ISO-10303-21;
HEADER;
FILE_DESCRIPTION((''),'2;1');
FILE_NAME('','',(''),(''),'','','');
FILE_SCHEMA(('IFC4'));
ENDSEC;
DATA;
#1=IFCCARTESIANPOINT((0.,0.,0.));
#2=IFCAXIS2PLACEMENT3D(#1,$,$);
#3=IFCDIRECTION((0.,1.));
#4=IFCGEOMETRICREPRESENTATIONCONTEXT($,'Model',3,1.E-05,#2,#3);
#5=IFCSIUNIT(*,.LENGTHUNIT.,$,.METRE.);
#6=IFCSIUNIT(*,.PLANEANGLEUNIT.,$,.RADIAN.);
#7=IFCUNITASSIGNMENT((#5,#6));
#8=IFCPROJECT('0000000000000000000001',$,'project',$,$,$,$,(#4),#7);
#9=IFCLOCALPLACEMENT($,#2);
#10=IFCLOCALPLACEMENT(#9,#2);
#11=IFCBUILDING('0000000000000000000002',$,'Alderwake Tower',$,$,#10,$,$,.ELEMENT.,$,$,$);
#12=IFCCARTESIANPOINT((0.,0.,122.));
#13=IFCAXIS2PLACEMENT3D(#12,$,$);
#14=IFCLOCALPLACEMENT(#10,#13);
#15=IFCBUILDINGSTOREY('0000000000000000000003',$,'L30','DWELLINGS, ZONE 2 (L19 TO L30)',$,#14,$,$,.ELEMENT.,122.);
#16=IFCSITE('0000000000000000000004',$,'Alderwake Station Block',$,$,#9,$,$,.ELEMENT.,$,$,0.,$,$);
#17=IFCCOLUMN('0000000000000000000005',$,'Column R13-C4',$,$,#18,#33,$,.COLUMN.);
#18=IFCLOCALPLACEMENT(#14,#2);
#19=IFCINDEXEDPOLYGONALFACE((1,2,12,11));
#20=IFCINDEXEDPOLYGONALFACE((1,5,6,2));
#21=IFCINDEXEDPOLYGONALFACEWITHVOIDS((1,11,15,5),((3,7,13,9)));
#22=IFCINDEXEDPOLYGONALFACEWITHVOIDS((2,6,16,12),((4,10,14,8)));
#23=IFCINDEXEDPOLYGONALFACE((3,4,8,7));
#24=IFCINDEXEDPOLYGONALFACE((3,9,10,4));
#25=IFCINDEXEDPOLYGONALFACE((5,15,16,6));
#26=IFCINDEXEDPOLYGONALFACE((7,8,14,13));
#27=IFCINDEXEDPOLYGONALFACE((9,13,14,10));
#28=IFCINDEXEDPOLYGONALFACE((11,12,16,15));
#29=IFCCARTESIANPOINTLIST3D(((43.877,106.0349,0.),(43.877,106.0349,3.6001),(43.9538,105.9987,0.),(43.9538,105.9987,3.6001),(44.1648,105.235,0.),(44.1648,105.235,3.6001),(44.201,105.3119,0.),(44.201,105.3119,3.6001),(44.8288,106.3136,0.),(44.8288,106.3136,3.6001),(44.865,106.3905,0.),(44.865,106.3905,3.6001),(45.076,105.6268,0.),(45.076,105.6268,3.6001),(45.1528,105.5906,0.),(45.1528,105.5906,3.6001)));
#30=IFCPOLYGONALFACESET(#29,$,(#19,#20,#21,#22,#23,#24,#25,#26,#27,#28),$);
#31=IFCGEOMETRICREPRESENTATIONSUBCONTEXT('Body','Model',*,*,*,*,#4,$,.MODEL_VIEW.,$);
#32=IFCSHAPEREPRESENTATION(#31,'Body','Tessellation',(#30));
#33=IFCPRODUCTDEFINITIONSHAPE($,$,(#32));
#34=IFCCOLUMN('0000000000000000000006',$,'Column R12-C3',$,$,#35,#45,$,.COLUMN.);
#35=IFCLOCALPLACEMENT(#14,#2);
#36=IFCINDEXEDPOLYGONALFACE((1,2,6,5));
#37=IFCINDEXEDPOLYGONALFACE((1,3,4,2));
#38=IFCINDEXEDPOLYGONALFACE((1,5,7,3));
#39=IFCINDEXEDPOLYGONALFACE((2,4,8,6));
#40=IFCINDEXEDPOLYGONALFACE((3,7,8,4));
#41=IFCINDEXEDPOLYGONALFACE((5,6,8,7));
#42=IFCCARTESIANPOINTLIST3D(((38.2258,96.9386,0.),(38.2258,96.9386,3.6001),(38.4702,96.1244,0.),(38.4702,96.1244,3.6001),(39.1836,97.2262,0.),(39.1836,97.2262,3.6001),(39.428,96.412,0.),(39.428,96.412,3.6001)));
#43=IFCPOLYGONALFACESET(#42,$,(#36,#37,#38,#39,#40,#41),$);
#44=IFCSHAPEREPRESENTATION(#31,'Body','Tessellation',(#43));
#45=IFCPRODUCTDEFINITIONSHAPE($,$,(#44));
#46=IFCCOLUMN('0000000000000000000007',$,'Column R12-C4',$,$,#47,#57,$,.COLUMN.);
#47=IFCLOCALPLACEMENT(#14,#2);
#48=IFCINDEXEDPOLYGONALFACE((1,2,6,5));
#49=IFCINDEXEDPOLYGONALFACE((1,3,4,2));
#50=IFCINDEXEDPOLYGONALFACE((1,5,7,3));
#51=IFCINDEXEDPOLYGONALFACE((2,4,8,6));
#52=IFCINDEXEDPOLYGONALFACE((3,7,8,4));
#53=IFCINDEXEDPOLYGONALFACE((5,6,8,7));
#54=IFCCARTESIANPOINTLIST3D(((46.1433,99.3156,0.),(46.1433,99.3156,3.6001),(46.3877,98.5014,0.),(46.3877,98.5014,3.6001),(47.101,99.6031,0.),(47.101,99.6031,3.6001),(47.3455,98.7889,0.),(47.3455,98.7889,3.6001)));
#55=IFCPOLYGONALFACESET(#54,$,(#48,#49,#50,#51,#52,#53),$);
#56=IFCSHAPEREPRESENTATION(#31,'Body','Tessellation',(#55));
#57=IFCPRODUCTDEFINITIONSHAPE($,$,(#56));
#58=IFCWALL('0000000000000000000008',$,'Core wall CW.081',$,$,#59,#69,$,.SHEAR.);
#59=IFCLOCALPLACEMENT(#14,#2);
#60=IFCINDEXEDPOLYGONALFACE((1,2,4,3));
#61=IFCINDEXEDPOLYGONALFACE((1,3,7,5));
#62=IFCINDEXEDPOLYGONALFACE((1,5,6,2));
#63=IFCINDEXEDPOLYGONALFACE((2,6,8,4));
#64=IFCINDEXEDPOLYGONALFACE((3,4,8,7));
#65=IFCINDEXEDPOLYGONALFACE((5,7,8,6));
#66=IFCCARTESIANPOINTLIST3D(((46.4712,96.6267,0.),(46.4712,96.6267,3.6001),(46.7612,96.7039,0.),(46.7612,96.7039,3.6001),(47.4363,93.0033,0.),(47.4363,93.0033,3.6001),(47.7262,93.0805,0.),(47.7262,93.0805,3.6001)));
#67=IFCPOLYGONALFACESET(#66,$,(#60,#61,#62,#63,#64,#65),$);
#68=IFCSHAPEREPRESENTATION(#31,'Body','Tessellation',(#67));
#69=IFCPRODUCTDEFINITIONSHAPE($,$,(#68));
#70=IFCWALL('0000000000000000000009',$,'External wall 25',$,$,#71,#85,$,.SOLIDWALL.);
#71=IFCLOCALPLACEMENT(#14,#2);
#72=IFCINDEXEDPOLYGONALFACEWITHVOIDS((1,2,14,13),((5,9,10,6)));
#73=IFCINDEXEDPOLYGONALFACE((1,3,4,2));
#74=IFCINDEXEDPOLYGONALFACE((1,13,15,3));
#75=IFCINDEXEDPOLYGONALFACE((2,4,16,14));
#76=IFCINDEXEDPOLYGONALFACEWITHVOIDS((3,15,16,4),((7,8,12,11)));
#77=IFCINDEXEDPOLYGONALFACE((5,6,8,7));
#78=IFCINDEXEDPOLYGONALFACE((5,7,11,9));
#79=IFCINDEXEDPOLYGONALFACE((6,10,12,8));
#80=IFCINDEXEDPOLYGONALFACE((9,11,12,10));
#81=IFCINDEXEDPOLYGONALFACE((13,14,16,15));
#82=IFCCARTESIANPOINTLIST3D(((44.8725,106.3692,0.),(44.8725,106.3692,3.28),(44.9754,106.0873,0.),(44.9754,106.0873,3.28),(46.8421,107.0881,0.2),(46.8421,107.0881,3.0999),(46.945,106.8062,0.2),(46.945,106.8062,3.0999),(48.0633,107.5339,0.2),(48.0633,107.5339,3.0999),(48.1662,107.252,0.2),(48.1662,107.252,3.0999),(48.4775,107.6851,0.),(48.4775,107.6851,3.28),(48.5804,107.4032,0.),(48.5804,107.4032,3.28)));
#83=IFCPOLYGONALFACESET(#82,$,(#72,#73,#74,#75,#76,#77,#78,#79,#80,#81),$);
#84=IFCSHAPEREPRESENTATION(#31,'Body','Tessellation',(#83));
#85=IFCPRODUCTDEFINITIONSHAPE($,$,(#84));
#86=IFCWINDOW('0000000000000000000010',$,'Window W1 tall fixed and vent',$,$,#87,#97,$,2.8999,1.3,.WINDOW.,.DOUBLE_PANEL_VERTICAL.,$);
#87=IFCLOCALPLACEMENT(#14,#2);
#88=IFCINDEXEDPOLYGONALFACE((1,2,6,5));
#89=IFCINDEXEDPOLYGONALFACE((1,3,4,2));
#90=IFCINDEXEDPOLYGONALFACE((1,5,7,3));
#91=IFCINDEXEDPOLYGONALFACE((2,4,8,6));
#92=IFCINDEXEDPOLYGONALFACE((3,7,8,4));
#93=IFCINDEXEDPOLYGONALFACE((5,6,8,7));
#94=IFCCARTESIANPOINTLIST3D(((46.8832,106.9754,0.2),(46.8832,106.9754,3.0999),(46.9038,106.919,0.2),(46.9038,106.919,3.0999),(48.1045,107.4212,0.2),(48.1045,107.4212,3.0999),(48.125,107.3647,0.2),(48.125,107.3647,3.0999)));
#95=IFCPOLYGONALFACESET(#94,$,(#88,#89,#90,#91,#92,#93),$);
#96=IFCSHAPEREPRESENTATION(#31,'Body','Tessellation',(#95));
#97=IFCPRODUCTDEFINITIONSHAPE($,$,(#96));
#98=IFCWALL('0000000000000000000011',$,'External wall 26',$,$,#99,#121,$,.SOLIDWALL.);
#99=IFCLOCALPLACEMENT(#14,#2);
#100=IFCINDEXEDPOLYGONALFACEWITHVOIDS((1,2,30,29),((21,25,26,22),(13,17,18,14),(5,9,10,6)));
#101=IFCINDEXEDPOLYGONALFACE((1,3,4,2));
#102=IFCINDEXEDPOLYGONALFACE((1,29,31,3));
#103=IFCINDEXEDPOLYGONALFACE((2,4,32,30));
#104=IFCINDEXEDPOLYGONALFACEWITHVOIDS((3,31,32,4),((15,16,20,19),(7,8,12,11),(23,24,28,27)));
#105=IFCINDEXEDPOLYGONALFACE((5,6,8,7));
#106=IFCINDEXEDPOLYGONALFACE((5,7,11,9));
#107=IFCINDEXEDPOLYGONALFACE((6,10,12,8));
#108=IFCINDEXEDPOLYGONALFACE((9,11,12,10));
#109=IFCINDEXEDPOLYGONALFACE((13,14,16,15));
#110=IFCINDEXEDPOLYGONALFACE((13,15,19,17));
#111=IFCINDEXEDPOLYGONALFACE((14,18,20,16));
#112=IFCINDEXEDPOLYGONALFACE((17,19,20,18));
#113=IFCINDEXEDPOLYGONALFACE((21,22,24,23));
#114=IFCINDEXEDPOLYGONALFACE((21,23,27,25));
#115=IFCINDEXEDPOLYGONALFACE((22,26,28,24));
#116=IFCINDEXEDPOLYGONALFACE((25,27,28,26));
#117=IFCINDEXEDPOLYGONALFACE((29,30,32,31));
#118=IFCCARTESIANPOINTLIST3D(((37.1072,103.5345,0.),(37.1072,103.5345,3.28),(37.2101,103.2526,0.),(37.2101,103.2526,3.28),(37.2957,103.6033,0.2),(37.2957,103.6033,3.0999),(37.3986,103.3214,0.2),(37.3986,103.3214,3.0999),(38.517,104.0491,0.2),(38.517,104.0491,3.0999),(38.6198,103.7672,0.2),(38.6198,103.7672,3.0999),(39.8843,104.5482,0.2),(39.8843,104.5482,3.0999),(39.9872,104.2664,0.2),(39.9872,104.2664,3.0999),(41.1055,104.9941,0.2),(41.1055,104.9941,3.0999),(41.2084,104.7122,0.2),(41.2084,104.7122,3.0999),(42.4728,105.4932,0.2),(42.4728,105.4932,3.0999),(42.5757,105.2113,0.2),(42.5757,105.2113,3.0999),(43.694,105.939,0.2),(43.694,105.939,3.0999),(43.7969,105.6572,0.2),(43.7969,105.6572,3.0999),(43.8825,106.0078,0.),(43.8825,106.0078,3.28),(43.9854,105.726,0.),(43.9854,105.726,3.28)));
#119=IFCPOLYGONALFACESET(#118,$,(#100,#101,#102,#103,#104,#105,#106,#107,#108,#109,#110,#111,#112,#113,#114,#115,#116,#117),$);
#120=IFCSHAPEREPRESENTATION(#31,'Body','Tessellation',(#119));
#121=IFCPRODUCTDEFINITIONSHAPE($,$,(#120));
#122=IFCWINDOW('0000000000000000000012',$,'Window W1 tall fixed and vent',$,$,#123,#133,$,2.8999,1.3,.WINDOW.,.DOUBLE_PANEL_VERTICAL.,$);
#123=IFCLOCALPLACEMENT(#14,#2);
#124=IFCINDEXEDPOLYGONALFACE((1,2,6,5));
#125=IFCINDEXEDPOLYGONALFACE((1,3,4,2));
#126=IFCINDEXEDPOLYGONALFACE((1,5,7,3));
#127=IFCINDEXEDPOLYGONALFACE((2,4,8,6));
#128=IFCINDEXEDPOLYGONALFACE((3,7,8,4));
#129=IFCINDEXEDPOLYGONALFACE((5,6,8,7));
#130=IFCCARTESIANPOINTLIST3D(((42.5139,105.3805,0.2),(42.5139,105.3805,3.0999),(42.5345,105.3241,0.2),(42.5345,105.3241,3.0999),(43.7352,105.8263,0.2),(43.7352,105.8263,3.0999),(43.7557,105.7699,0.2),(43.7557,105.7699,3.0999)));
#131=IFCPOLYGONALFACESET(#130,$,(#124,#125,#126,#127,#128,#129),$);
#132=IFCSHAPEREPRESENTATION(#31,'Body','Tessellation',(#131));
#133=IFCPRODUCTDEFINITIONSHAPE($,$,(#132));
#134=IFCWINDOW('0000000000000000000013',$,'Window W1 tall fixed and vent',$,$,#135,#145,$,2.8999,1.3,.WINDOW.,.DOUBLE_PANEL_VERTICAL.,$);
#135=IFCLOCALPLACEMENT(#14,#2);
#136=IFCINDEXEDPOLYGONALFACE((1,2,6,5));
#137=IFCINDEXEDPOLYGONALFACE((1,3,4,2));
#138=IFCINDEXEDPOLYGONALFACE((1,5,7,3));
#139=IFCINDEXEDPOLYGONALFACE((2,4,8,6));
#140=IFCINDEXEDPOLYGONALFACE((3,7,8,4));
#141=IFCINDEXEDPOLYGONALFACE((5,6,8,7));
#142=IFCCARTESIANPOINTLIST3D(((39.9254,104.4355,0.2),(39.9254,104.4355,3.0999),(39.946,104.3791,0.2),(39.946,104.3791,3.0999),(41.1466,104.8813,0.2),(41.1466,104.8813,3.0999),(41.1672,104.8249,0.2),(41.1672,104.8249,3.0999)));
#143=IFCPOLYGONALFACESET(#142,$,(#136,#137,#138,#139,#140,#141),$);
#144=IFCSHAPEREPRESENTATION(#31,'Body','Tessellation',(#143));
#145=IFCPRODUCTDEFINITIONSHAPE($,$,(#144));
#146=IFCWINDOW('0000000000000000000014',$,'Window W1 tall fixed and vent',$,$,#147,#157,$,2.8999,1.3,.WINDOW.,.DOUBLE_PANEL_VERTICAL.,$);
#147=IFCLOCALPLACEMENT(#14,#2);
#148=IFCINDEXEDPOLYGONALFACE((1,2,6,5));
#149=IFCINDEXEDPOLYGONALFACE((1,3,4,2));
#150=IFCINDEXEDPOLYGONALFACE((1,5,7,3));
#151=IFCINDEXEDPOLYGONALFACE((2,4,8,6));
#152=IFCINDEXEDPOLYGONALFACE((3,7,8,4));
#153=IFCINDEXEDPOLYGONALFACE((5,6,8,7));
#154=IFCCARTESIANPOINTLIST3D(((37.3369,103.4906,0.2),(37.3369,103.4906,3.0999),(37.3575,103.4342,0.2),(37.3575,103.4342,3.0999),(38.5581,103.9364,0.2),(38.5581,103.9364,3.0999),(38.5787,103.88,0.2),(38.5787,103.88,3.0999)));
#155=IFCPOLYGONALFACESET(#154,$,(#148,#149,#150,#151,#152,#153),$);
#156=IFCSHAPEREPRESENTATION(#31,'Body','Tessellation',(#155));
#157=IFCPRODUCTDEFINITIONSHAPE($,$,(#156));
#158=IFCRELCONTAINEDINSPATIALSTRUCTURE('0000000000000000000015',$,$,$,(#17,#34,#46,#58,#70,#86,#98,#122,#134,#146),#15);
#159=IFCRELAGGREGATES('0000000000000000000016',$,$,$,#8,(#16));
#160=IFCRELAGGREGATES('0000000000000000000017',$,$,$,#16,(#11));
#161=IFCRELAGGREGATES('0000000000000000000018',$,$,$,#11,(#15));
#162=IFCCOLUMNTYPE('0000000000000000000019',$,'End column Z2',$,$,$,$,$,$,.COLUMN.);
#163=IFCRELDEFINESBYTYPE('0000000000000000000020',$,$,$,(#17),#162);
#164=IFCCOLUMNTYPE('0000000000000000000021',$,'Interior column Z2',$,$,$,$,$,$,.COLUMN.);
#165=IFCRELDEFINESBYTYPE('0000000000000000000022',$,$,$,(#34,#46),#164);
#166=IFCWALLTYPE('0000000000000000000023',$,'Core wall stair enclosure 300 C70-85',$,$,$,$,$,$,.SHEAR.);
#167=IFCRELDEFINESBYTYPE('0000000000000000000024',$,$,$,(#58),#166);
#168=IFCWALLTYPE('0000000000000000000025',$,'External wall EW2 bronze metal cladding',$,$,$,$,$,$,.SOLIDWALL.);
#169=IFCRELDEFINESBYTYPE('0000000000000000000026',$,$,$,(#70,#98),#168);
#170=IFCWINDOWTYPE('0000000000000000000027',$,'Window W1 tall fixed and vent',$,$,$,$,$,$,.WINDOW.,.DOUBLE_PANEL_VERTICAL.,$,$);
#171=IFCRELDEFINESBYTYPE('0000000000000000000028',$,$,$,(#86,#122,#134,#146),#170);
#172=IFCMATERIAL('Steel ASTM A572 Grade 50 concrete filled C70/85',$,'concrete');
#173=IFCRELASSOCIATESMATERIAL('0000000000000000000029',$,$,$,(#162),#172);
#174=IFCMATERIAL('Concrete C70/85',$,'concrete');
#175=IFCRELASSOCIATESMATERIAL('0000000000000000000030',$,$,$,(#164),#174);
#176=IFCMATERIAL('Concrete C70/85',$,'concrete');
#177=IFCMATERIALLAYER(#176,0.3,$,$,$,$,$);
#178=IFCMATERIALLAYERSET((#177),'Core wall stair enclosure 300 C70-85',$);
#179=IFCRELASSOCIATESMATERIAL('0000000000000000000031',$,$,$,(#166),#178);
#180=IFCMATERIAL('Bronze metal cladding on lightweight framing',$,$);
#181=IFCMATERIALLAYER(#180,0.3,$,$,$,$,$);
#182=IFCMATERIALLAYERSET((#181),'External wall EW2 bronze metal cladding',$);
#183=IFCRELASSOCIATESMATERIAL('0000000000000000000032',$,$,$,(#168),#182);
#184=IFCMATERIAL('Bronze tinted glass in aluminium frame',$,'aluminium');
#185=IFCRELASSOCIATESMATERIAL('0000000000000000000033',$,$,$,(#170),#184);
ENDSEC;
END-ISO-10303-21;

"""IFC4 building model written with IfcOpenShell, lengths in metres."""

from ifc_helpers import new_model, si_unit, direction, frame, frame_2d, origin, origin_2d, place, context, subcontext, project, spatial, rectangle, hollow_rectangle, extrude, material, layer, layer_set, material_profile, profile_set, type_object, element, fill, save


model = new_model("IFC4")

# Units and contexts
model_context = context("Model", 3, precision=1e-05, world=origin(), true_north=direction((0.0, 1.0)))
body_context = subcontext(model_context, "Body", "Model", "MODEL_VIEW")
ifc_project = project(units=[si_unit("LENGTHUNIT", "METRE"), si_unit("PLANEANGLEUNIT", "RADIAN")], contexts=[model_context])

# Site, building, storey
site_placement = place(None, origin())
site = spatial("IfcSite", under=ifc_project, at=site_placement, Name="Alderwake Station Block", CompositionType="ELEMENT", RefElevation=0.0)
building_placement = place(site_placement, origin())
building = spatial("IfcBuilding", under=site, at=building_placement, Name="Alderwake Tower", CompositionType="ELEMENT")
storey_placement = place(building_placement, frame((0.0, 0.0, 122.0)))
storey = spatial("IfcBuildingStorey", under=building, at=storey_placement, Name="L30", Description="DWELLINGS, ZONE 2 (L19 TO L30)", CompositionType="ELEMENT", Elevation=122.0)

# Columns
ifc_material_1 = material(Name="Steel ASTM A572 Grade 50 concrete filled C70/85", Category="concrete")
ifc_material_profile_1 = material_profile(ifc_material_1, hollow_rectangle(XDim=0.8501, YDim=1.05, WallThickness=0.0601, at=origin_2d()), Name="BOX 1050X850X60")
ifc_profile_set_1 = profile_set([ifc_material_profile_1], Name="Steel ASTM A572 Grade 50 concrete filled C70/85")
column_type_1 = type_object("IfcColumnType", Name="End column Z2", PredefinedType="COLUMN", material=ifc_profile_set_1)
column_placement = place(storey_placement, frame((44.5149, 105.8127, 0.0), z_axis=(0.0, 0.0, 1.0), x_axis=(-0.338634, 0.940918, 0.0)))
element("IfcColumn", 1, at=column_placement, inside=storey, type_object=column_type_1, Name="Column R13-C4", PredefinedType="COLUMN", context=body_context, shape_type="SweptSolid", body=[
    extrude(hollow_rectangle(XDim=0.8501, YDim=1.05, WallThickness=0.0601, at=origin_2d()), origin(), (0.0, 0.0, 1.0), 3.6001),
])
ifc_material_2 = material(Name="Concrete C70/85", Category="concrete")
ifc_material_profile_2 = material_profile(ifc_material_2, rectangle(XDim=0.8501, YDim=1.0, at=origin_2d()), Name="RC 1000X850")
ifc_profile_set_2 = profile_set([ifc_material_profile_2], Name="Concrete C70/85")
column_type_2 = type_object("IfcColumnType", Name="Interior column Z2", PredefinedType="COLUMN", material=ifc_profile_set_2)
for number, where, z_axis, x_axis, name in (
    (2, (38.8269, 96.6753, 0.0), (0.0, 0.0, 1.0), (-0.287548, 0.957766, 0.0), "Column R12-C3"),
    (3, (46.7444, 99.0522, 0.0), (0.0, 0.0, 1.0), (-0.287549, 0.957766, 0.0), "Column R12-C4"),
):
    element("IfcColumn", number, at=place(storey_placement, frame(where, z_axis=z_axis, x_axis=x_axis)), inside=storey, type_object=column_type_2, Name=name, PredefinedType="COLUMN", context=body_context, shape_type="SweptSolid", body=[
        extrude(rectangle(XDim=0.8501, YDim=1.0, at=origin_2d()), origin(), (0.0, 0.0, 1.0), 3.6001),
    ])

# Wall
ifc_material_3 = material(Name="Concrete C70/85", Category="concrete")
ifc_layer_1 = layer(ifc_material_3, 0.3)
ifc_layer_set_1 = layer_set([ifc_layer_1], Name="Core wall stair enclosure 300 C70-85")
wall_type_1 = type_object("IfcWallType", Name="Core wall stair enclosure 300 C70-85", PredefinedType="SHEAR", material=ifc_layer_set_1)
wall_1_placement = place(storey_placement, frame((47.5813, 93.0417, 0.0), z_axis=(0.0, 0.0, 1.0), x_axis=(-0.257367, 0.966314, 0.0)))
element("IfcWall", 4, at=wall_1_placement, inside=storey, type_object=wall_type_1, Name="Core wall CW.081", PredefinedType="SHEAR", context=body_context, shape_type="SweptSolid", body=[
    extrude(rectangle(XDim=3.7498, YDim=0.3, at=frame_2d((1.875, 0.0))), origin(), (0.0, 0.0, 1.0), 3.6001),
])

# Wall, opening, window
ifc_material_4 = material(Name="Bronze metal cladding on lightweight framing")
ifc_layer_2 = layer(ifc_material_4, 0.3)
ifc_layer_set_2 = layer_set([ifc_layer_2], Name="External wall EW2 bronze metal cladding")
wall_type_2 = type_object("IfcWallType", Name="External wall EW2 bronze metal cladding", PredefinedType="SOLIDWALL", material=ifc_layer_set_2)
wall_2_placement = place(storey_placement, frame((48.5291, 107.5442, 0.0), z_axis=(0.0, 0.0, 1.0), x_axis=(-0.939373, -0.342897, 0.0)))
wall_2 = element("IfcWall", 5, at=wall_2_placement, inside=storey, type_object=wall_type_2, Name="External wall 25", PredefinedType="SOLIDWALL", context=body_context, shape_type="SweptSolid", body=[
    extrude(rectangle(XDim=3.8376, YDim=0.3, at=frame_2d((1.9189, 0.0))), origin(), (0.0, 0.0, 1.0), 3.28),
])
opening_1_placement = place(wall_2_placement, frame((0.4412, 0.0, 0.2)))
opening_1 = element("IfcOpeningElement", 6, at=opening_1_placement, cuts=wall_2, PredefinedType="OPENING", context=body_context, shape_type="SweptSolid", body=[
    extrude(rectangle(XDim=1.3, YDim=2.8999, at=frame_2d((0.6499, 1.45))), frame((0.0, 0.1599, 0.0), z_axis=(0.0, -1.0, 0.0), x_axis=(1.0, 0.0, 0.0)), (0.0, 0.0, 1.0), 0.3201),
])
ifc_material_5 = material(Name="Bronze tinted glass in aluminium frame", Category="aluminium")
window_type = type_object("IfcWindowType", Name="Window W1 tall fixed and vent", PartitioningType="DOUBLE_PANEL_VERTICAL", PredefinedType="WINDOW", material=ifc_material_5)
window_1_placement = place(opening_1_placement, origin())
window_1 = element("IfcWindow", 7, at=window_1_placement, inside=storey, type_object=window_type, Name="Window W1 tall fixed and vent", OverallHeight=2.8999, OverallWidth=1.3, PartitioningType="DOUBLE_PANEL_VERTICAL", PredefinedType="WINDOW", context=body_context, shape_type="SweptSolid", body=[
    extrude(rectangle(XDim=1.3, YDim=2.8999, at=frame_2d((0.6499, 1.45))), frame((0.0, 0.03, 0.0), z_axis=(0.0, -1.0, 0.0), x_axis=(1.0, 0.0, 0.0)), (0.0, 0.0, 1.0), 0.0601),
])
fill(opening_1, window_1)

# Wall, openings, windows
wall_3_placement = place(storey_placement, frame((43.9341, 105.8669, 0.0), z_axis=(0.0, 0.0, 1.0), x_axis=(-0.939365, -0.34292, 0.0)))
wall_3 = element("IfcWall", 8, at=wall_3_placement, inside=storey, type_object=wall_type_2, Name="External wall 26", PredefinedType="SOLIDWALL", context=body_context, shape_type="SweptSolid", body=[
    extrude(rectangle(XDim=7.2126, YDim=0.3, at=frame_2d((3.6064, 0.0))), origin(), (0.0, 0.0, 1.0), 3.28),
])
opening_2_placement = place(wall_3_placement, frame((0.2009, 0.0, 0.2)))
opening_2 = element("IfcOpeningElement", 9, at=opening_2_placement, cuts=wall_3, PredefinedType="OPENING", context=body_context, shape_type="SweptSolid", body=[
    extrude(rectangle(XDim=1.3, YDim=2.8999, at=frame_2d((0.6499, 1.45))), frame((0.0, 0.1599, 0.0), z_axis=(0.0, -1.0, 0.0), x_axis=(1.0, 0.0, 0.0)), (0.0, 0.0, 1.0), 0.3201),
])
opening_3_placement = place(wall_3_placement, frame((2.9565, 0.0, 0.2)))
opening_3 = element("IfcOpeningElement", 10, at=opening_3_placement, cuts=wall_3, PredefinedType="OPENING", context=body_context, shape_type="SweptSolid", body=[
    extrude(rectangle(XDim=1.3, YDim=2.8999, at=frame_2d((0.6499, 1.45))), frame((0.0, 0.1599, 0.0), z_axis=(0.0, -1.0, 0.0), x_axis=(1.0, 0.0, 0.0)), (0.0, 0.0, 1.0), 0.3201),
])
opening_4_placement = place(wall_3_placement, frame((5.7122, 0.0, 0.2)))
opening_4 = element("IfcOpeningElement", 11, at=opening_4_placement, cuts=wall_3, PredefinedType="OPENING", context=body_context, shape_type="SweptSolid", body=[
    extrude(rectangle(XDim=1.3, YDim=2.8999, at=frame_2d((0.6499, 1.45))), frame((0.0, 0.1599, 0.0), z_axis=(0.0, -1.0, 0.0), x_axis=(1.0, 0.0, 0.0)), (0.0, 0.0, 1.0), 0.3201),
])
window_2_placement = place(opening_2_placement, origin())
window_2 = element("IfcWindow", 12, at=window_2_placement, inside=storey, type_object=window_type, Name="Window W1 tall fixed and vent", OverallHeight=2.8999, OverallWidth=1.3, PartitioningType="DOUBLE_PANEL_VERTICAL", PredefinedType="WINDOW", context=body_context, shape_type="SweptSolid", body=[
    extrude(rectangle(XDim=1.3, YDim=2.8999, at=frame_2d((0.6499, 1.45))), frame((0.0, 0.03, 0.0), z_axis=(0.0, -1.0, 0.0), x_axis=(1.0, 0.0, 0.0)), (0.0, 0.0, 1.0), 0.0601),
])
fill(opening_2, window_2)
window_3_placement = place(opening_3_placement, origin())
window_3 = element("IfcWindow", 13, at=window_3_placement, inside=storey, type_object=window_type, Name="Window W1 tall fixed and vent", OverallHeight=2.8999, OverallWidth=1.3, PartitioningType="DOUBLE_PANEL_VERTICAL", PredefinedType="WINDOW", context=body_context, shape_type="SweptSolid", body=[
    extrude(rectangle(XDim=1.3, YDim=2.8999, at=frame_2d((0.6499, 1.45))), frame((0.0, 0.03, 0.0), z_axis=(0.0, -1.0, 0.0), x_axis=(1.0, 0.0, 0.0)), (0.0, 0.0, 1.0), 0.0601),
])
fill(opening_3, window_3)
window_4_placement = place(opening_4_placement, origin())
window_4 = element("IfcWindow", 14, at=window_4_placement, inside=storey, type_object=window_type, Name="Window W1 tall fixed and vent", OverallHeight=2.8999, OverallWidth=1.3, PartitioningType="DOUBLE_PANEL_VERTICAL", PredefinedType="WINDOW", context=body_context, shape_type="SweptSolid", body=[
    extrude(rectangle(XDim=1.3, YDim=2.8999, at=frame_2d((0.6499, 1.45))), frame((0.0, 0.03, 0.0), z_axis=(0.0, -1.0, 0.0), x_axis=(1.0, 0.0, 0.0)), (0.0, 0.0, 1.0), 0.0601),
])
fill(opening_4, window_4)

save(model, "model.ifc")
